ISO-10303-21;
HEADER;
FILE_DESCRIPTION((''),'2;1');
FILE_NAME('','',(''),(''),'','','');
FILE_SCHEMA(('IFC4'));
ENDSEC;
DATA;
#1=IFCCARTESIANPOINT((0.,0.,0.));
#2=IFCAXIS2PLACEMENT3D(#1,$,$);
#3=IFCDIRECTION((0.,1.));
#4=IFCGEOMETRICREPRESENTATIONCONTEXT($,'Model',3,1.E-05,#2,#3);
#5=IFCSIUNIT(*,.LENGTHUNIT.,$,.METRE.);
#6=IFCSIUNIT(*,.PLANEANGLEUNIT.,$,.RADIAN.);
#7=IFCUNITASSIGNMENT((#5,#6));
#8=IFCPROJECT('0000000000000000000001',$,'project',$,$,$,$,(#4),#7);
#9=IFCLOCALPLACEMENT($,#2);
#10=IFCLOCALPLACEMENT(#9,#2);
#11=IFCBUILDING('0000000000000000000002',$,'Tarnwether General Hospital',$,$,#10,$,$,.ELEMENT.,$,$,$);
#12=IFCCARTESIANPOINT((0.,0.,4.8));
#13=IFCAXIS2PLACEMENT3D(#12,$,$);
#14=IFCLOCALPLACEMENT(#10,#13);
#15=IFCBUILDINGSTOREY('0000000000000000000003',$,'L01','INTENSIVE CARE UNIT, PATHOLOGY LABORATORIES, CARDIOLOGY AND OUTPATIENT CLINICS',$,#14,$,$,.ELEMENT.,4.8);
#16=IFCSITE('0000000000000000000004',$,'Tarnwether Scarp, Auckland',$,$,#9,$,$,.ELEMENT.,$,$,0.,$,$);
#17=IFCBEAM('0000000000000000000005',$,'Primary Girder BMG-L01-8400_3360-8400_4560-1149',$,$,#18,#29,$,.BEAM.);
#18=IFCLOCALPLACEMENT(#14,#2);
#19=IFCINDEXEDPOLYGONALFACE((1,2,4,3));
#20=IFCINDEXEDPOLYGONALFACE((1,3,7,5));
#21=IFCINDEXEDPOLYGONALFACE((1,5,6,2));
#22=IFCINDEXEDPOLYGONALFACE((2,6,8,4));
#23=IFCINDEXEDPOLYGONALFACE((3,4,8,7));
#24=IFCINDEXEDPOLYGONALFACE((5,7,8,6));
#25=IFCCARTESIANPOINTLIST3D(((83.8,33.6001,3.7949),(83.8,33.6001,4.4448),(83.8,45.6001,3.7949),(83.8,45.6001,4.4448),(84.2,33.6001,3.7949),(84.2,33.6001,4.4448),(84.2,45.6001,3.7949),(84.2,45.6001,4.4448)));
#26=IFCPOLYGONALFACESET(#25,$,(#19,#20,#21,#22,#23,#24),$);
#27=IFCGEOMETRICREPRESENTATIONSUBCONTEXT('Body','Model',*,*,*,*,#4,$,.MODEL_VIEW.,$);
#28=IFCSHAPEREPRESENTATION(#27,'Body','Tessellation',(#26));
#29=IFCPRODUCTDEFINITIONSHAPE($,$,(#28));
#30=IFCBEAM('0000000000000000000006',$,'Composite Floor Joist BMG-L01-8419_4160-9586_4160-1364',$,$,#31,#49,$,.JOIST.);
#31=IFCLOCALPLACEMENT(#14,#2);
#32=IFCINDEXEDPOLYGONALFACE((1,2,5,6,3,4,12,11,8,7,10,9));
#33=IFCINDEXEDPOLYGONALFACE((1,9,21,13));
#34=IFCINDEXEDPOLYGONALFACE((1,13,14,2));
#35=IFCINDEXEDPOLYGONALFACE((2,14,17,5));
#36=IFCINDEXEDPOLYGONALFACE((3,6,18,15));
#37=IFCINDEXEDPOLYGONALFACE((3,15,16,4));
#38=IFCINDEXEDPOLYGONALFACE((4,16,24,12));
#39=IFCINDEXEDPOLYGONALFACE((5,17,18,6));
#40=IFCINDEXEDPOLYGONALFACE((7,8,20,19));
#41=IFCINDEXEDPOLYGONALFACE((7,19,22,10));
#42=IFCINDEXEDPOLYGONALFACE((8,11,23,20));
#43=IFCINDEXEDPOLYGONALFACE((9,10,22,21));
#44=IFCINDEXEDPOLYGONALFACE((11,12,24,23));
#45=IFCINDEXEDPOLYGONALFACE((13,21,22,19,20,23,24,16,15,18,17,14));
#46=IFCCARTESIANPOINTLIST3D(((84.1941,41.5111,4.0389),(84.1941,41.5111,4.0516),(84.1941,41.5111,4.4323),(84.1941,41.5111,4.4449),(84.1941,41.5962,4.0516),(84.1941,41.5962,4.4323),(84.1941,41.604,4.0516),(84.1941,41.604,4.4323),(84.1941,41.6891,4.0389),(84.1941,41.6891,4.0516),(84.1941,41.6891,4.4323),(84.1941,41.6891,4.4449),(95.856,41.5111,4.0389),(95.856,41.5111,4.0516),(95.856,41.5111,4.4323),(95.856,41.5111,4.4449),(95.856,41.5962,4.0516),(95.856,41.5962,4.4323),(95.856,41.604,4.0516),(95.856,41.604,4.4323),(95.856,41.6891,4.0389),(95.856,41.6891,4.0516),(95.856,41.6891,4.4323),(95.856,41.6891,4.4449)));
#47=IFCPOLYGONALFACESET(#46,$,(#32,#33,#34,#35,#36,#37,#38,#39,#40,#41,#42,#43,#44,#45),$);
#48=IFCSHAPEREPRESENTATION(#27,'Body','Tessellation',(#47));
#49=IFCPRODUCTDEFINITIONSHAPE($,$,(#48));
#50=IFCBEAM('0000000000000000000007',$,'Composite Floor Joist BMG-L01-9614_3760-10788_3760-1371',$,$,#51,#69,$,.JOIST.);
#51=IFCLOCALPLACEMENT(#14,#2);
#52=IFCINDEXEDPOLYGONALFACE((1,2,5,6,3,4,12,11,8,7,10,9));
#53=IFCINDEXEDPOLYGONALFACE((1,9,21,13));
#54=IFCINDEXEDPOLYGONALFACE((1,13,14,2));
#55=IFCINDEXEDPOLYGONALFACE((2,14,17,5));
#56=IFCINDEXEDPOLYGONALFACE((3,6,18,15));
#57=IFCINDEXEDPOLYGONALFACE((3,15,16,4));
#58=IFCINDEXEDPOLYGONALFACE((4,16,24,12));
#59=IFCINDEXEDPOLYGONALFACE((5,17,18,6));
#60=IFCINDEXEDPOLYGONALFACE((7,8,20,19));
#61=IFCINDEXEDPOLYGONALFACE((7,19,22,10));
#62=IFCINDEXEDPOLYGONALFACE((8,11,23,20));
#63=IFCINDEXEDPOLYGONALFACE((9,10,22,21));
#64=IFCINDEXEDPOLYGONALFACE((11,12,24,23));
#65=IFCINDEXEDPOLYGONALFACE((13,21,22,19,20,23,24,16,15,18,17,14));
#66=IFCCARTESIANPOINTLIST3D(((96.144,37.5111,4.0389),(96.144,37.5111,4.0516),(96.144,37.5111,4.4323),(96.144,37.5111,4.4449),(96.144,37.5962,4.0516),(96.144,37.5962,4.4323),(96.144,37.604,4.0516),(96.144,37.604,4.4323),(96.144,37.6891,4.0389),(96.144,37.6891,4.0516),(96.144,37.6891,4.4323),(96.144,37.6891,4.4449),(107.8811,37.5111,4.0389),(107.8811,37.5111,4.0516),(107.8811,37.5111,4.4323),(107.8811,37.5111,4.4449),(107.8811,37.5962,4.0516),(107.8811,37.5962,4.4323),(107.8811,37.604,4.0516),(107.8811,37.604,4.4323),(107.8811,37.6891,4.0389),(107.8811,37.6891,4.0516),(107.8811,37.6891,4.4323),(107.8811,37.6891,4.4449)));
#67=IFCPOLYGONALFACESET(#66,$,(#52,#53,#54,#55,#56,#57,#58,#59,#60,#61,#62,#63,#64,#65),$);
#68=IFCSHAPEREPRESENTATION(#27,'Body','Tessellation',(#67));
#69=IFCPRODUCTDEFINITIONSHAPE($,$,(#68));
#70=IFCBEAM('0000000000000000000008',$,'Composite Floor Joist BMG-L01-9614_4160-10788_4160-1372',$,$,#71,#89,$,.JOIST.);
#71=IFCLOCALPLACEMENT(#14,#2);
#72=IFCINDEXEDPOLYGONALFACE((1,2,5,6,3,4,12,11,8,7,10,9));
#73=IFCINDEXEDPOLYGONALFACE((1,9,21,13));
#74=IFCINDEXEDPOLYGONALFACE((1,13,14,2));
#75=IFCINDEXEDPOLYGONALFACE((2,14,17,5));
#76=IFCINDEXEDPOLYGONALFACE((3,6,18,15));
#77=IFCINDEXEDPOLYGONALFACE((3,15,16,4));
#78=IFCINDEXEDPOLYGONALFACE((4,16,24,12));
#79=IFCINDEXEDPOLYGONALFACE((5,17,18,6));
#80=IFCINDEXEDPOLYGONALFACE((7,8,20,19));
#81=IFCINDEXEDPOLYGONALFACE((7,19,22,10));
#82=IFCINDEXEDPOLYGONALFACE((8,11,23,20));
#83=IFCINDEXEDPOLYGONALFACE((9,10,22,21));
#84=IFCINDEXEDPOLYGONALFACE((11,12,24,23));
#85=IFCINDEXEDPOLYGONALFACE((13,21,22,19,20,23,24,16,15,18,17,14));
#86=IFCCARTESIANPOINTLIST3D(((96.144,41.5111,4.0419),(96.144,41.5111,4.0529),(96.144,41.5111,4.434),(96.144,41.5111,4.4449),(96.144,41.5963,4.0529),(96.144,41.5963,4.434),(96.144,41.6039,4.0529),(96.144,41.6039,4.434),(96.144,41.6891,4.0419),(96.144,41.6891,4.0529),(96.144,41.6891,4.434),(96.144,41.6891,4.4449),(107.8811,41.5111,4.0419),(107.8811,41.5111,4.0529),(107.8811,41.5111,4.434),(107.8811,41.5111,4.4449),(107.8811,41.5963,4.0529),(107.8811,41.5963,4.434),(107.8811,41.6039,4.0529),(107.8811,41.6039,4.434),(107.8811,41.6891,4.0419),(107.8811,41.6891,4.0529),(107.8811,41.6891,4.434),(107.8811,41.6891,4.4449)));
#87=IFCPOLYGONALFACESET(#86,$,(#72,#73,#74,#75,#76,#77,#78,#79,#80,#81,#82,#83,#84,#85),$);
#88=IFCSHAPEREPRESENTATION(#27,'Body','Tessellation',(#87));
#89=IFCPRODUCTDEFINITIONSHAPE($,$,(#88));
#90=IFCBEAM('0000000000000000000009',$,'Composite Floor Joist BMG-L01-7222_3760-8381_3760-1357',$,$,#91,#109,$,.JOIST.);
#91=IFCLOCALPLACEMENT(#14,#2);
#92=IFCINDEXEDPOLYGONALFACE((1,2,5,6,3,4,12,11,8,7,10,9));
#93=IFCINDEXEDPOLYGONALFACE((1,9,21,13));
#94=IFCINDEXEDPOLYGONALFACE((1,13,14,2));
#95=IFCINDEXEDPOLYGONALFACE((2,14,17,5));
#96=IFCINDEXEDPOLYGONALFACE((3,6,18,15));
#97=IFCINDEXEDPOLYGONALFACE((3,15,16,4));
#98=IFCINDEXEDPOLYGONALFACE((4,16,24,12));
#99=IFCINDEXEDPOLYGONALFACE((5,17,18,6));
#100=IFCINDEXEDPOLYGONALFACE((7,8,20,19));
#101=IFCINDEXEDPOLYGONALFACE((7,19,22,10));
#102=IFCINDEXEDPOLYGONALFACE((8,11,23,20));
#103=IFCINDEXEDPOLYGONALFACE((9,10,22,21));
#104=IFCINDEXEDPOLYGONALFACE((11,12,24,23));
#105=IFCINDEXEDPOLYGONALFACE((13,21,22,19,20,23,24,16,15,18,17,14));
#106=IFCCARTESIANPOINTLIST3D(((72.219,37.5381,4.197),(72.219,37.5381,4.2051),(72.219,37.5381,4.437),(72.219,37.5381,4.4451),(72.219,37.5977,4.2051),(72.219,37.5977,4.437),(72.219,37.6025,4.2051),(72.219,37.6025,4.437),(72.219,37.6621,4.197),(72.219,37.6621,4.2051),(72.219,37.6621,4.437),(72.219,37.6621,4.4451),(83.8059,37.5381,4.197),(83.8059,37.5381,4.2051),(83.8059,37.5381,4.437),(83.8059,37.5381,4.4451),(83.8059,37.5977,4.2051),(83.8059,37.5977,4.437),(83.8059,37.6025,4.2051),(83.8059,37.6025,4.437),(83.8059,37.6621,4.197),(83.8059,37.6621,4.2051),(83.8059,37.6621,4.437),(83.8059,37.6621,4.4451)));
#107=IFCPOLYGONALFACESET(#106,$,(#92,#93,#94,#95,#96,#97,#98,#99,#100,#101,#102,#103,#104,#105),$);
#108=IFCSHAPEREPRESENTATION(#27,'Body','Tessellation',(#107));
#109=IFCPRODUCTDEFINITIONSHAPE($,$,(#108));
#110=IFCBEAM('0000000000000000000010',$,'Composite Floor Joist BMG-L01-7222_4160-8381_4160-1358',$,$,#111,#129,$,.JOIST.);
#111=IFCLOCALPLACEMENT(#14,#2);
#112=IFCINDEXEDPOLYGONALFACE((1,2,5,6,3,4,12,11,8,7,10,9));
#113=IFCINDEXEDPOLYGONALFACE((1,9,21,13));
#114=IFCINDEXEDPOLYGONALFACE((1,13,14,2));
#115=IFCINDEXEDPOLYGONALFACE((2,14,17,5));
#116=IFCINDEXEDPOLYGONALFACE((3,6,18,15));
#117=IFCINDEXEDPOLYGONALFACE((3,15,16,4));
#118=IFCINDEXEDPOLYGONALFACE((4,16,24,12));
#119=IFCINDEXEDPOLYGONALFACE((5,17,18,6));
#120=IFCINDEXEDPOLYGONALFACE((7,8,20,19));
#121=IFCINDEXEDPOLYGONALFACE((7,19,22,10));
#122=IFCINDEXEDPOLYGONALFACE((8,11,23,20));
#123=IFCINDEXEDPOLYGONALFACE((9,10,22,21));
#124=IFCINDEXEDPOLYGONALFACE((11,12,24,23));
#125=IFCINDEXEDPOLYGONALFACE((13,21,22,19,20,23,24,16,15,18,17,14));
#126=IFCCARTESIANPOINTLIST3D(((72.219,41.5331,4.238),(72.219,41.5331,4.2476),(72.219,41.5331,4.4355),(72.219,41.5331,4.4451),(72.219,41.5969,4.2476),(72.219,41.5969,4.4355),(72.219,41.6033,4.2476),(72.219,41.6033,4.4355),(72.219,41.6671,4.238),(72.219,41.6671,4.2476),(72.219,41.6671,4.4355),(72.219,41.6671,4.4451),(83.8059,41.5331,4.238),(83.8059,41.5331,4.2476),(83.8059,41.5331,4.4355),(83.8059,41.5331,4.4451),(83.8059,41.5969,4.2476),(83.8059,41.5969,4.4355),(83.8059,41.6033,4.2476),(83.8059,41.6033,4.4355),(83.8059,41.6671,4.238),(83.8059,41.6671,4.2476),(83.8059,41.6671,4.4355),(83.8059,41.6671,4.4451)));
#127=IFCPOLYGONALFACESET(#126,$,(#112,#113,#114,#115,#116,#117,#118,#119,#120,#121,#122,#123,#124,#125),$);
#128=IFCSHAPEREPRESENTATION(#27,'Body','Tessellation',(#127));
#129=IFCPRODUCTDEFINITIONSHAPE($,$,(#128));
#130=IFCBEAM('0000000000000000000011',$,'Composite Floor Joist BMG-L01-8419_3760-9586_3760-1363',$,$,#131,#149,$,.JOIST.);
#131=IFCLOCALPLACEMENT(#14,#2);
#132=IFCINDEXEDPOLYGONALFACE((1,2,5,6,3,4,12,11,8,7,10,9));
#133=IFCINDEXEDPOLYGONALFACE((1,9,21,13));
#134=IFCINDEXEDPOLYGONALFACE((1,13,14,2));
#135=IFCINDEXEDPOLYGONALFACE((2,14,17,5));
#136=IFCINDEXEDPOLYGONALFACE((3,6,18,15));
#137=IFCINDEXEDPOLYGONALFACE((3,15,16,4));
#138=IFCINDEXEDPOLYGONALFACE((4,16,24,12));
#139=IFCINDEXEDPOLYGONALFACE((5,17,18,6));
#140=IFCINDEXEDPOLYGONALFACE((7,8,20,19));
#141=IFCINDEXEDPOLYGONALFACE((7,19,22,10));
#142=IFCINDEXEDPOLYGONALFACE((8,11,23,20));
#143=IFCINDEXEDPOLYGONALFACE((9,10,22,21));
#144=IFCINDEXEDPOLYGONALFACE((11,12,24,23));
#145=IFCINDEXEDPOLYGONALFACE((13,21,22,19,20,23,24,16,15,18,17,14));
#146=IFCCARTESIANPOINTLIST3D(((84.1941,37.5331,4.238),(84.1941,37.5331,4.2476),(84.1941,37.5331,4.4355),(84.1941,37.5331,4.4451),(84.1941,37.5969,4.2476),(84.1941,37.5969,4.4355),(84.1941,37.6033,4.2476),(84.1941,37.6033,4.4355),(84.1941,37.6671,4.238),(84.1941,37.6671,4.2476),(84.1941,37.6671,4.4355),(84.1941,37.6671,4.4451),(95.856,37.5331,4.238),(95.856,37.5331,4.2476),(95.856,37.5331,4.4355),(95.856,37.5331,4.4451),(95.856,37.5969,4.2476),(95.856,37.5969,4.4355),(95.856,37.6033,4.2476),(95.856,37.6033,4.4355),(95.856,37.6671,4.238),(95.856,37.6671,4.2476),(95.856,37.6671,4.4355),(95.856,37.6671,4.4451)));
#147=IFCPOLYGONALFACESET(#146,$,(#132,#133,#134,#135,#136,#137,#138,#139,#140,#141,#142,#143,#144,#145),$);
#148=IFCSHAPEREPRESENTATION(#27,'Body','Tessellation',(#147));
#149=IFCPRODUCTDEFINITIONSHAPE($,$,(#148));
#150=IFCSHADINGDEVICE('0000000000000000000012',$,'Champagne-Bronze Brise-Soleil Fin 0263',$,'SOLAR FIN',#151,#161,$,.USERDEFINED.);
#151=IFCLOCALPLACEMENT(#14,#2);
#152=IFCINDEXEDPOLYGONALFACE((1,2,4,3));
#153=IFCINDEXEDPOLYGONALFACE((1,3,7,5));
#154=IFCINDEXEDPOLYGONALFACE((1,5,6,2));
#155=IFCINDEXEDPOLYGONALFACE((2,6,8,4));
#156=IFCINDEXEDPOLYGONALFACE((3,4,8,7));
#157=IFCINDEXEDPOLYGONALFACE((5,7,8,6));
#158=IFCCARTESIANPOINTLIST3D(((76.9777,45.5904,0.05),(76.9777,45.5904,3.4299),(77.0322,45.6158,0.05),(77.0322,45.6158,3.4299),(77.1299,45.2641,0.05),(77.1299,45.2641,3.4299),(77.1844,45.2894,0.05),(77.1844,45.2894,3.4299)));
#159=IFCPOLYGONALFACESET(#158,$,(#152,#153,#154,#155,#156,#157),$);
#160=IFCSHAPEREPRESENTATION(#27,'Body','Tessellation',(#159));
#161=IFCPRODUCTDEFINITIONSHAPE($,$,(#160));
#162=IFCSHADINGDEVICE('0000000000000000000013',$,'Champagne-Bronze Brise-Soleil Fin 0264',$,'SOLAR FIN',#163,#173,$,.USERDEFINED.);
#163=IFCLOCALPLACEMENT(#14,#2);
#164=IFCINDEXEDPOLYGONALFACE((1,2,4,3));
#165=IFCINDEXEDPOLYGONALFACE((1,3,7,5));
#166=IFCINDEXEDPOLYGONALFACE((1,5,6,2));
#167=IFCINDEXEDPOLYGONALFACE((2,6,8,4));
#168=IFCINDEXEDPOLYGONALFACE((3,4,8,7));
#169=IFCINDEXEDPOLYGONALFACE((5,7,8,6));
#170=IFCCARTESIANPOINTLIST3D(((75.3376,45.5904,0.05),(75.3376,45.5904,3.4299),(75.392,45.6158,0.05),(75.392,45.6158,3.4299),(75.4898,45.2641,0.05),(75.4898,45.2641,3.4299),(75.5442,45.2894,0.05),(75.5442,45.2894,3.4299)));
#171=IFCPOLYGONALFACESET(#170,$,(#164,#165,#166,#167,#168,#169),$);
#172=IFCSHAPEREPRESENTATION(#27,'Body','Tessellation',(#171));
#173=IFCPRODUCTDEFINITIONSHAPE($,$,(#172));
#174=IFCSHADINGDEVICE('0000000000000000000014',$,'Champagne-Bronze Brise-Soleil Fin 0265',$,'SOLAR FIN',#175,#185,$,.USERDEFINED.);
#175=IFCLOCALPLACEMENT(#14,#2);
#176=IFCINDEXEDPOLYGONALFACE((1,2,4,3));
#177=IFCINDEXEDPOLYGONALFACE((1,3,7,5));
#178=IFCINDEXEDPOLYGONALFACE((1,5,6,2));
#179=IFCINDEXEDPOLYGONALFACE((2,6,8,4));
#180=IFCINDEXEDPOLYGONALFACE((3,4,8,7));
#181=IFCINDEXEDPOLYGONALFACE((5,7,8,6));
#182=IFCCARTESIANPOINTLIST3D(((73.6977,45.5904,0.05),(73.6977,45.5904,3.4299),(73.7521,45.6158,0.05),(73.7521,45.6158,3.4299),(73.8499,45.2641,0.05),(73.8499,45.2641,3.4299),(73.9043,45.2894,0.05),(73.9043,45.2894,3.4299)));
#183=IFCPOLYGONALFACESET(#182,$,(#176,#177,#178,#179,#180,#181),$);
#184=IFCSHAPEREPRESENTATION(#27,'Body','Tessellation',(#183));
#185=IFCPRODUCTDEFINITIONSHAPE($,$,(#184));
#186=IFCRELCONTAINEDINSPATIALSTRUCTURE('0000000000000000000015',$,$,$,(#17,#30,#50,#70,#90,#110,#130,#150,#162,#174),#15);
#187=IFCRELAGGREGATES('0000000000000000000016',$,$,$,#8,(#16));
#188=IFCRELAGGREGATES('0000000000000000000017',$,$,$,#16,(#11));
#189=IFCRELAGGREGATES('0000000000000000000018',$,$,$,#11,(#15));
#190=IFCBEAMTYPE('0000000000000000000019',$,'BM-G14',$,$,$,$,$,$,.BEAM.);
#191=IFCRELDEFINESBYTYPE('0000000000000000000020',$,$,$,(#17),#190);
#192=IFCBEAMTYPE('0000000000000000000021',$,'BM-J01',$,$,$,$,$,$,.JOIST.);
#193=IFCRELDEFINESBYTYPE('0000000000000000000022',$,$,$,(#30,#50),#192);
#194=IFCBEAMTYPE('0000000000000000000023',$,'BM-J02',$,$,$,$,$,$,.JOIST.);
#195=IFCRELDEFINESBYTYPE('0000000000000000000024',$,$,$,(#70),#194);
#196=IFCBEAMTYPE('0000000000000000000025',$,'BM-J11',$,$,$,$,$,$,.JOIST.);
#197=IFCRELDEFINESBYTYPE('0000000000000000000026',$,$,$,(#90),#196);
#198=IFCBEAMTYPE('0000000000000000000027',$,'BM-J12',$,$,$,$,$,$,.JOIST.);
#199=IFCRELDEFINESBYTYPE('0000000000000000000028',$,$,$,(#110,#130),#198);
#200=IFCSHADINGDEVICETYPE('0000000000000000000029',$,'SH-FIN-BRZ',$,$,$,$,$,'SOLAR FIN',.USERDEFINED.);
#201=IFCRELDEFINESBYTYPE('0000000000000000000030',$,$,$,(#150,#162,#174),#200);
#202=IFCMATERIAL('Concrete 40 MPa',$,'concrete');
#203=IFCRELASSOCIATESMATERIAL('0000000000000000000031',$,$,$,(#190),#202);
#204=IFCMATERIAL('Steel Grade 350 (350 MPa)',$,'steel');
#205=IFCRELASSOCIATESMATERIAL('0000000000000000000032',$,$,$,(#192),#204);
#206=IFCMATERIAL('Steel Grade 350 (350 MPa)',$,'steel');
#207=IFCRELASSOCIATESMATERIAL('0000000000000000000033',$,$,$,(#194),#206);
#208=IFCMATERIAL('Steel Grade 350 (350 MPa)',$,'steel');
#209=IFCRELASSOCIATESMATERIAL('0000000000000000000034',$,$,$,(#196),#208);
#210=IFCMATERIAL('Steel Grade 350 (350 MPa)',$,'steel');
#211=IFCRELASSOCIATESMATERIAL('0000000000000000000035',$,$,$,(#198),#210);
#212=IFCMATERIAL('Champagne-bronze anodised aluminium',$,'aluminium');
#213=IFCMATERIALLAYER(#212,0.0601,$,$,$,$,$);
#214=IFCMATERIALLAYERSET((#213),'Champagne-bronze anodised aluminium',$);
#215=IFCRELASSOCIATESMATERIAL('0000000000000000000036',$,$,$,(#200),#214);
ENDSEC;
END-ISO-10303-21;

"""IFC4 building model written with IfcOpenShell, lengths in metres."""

from ifc_helpers import new_model, si_unit, direction, frame, origin, origin_2d, place, context, subcontext, project, spatial, rectangle, i_section, extrude, material, layer, layer_set, material_profile, profile_set, type_object, element, save


model = new_model("IFC4")

# Units and contexts
model_context = context("Model", 3, precision=1e-05, world=origin(), true_north=direction((0.0, 1.0)))
body_context = subcontext(model_context, "Body", "Model", "MODEL_VIEW")
ifc_project = project(units=[si_unit("LENGTHUNIT", "METRE"), si_unit("PLANEANGLEUNIT", "RADIAN")], contexts=[model_context])

# Site, building, storey
site_placement = place(None, origin())
site = spatial("IfcSite", under=ifc_project, at=site_placement, Name="Tarnwether Scarp, Auckland", CompositionType="ELEMENT", RefElevation=0.0)
building_placement = place(site_placement, origin())
building = spatial("IfcBuilding", under=site, at=building_placement, Name="Tarnwether General Hospital", CompositionType="ELEMENT")
storey_placement = place(building_placement, frame((0.0, 0.0, 4.8)))
storey = spatial("IfcBuildingStorey", under=building, at=storey_placement, Name="L01", Description="INTENSIVE CARE UNIT, PATHOLOGY LABORATORIES, CARDIOLOGY AND OUTPATIENT CLINICS", CompositionType="ELEMENT", Elevation=4.8)

# Beams
ifc_material_1 = material(Name="Concrete 40 MPa", Category="concrete")
ifc_material_profile_1 = material_profile(ifc_material_1, rectangle(XDim=0.3999, YDim=0.6499, at=origin_2d()), Name="RC-BM-400x650")
ifc_profile_set_1 = profile_set([ifc_material_profile_1], Name="Concrete 40 MPa")
beam_type_1 = type_object("IfcBeamType", Name="BM-G14", PredefinedType="BEAM", material=ifc_profile_set_1)
beam_1_placement = place(storey_placement, frame((84.0, 33.6001, 4.1199), z_axis=(0.0, 1.0, 0.0), x_axis=(-1.0, 0.0, 0.0)))
element("IfcBeam", 1, at=beam_1_placement, inside=storey, type_object=beam_type_1, Name="Primary Girder BMG-L01-8400_3360-8400_4560-1149", PredefinedType="BEAM", context=body_context, shape_type="SweptSolid", body=[
    extrude(rectangle(XDim=0.3999, YDim=0.6499, at=origin_2d()), origin(), (0.0, 0.0, 1.0), 12.0),
])
ifc_material_2 = material(Name="Steel Grade 350 (350 MPa)", Category="steel")
ifc_material_profile_2 = material_profile(ifc_material_2, i_section(OverallWidth=0.178, OverallDepth=0.406, WebThickness=0.0078, FlangeThickness=0.0127, at=origin_2d()), Name="410UB59.7")
ifc_profile_set_2 = profile_set([ifc_material_profile_2], Name="Steel Grade 350 (350 MPa)")
beam_type_2 = type_object("IfcBeamType", Name="BM-J01", PredefinedType="JOIST", material=ifc_profile_set_2)
beam_2_placement = place(storey_placement, frame((84.1941, 41.6001, 4.2419), z_axis=(1.0, 0.0, 0.0), x_axis=(0.0, 1.0, 0.0)))
element("IfcBeam", 2, at=beam_2_placement, inside=storey, type_object=beam_type_2, Name="Composite Floor Joist BMG-L01-8419_4160-9586_4160-1364", PredefinedType="JOIST", context=body_context, shape_type="SweptSolid", body=[
    extrude(i_section(OverallWidth=0.178, OverallDepth=0.406, WebThickness=0.0078, FlangeThickness=0.0127, at=origin_2d()), origin(), (0.0, 0.0, 1.0), 11.6619),
])
beam_3_placement = place(storey_placement, frame((96.144, 37.6001, 4.2419), z_axis=(1.0, 0.0, 0.0), x_axis=(0.0, 1.0, 0.0)))
element("IfcBeam", 3, at=beam_3_placement, inside=storey, type_object=beam_type_2, Name="Composite Floor Joist BMG-L01-9614_3760-10788_3760-1371", PredefinedType="JOIST", context=body_context, shape_type="SweptSolid", body=[
    extrude(i_section(OverallWidth=0.178, OverallDepth=0.406, WebThickness=0.0078, FlangeThickness=0.0127, at=origin_2d()), origin(), (0.0, 0.0, 1.0), 11.7371),
])
ifc_material_3 = material(Name="Steel Grade 350 (350 MPa)", Category="steel")
ifc_material_profile_3 = material_profile(ifc_material_3, i_section(OverallWidth=0.178, OverallDepth=0.4031, WebThickness=0.0076, FlangeThickness=0.011, at=origin_2d()), Name="410UB53.7")
ifc_profile_set_3 = profile_set([ifc_material_profile_3], Name="Steel Grade 350 (350 MPa)")
beam_type_3 = type_object("IfcBeamType", Name="BM-J02", PredefinedType="JOIST", material=ifc_profile_set_3)
beam_4_placement = place(storey_placement, frame((96.144, 41.6001, 4.2434), z_axis=(1.0, 0.0, 0.0), x_axis=(0.0, 1.0, 0.0)))
element("IfcBeam", 4, at=beam_4_placement, inside=storey, type_object=beam_type_3, Name="Composite Floor Joist BMG-L01-9614_4160-10788_4160-1372", PredefinedType="JOIST", context=body_context, shape_type="SweptSolid", body=[
    extrude(i_section(OverallWidth=0.178, OverallDepth=0.4031, WebThickness=0.0076, FlangeThickness=0.011, at=origin_2d()), origin(), (0.0, 0.0, 1.0), 11.7371),
])
ifc_material_4 = material(Name="Steel Grade 350 (350 MPa)", Category="steel")
ifc_material_profile_4 = material_profile(ifc_material_4, i_section(OverallWidth=0.124, OverallDepth=0.248, WebThickness=0.0049, FlangeThickness=0.0081, at=origin_2d()), Name="250UB25.7")
ifc_profile_set_4 = profile_set([ifc_material_profile_4], Name="Steel Grade 350 (350 MPa)")
beam_type_4 = type_object("IfcBeamType", Name="BM-J11", PredefinedType="JOIST", material=ifc_profile_set_4)
beam_5_placement = place(storey_placement, frame((72.219, 37.6001, 4.321), z_axis=(1.0, 0.0, 0.0), x_axis=(0.0, 1.0, 0.0)))
element("IfcBeam", 5, at=beam_5_placement, inside=storey, type_object=beam_type_4, Name="Composite Floor Joist BMG-L01-7222_3760-8381_3760-1357", PredefinedType="JOIST", context=body_context, shape_type="SweptSolid", body=[
    extrude(i_section(OverallWidth=0.124, OverallDepth=0.248, WebThickness=0.0049, FlangeThickness=0.0081, at=origin_2d()), origin(), (0.0, 0.0, 1.0), 11.5869),
])
ifc_material_5 = material(Name="Steel Grade 350 (350 MPa)", Category="steel")
ifc_material_profile_5 = material_profile(ifc_material_5, i_section(OverallWidth=0.134, OverallDepth=0.207, WebThickness=0.0063, FlangeThickness=0.0095, at=origin_2d()), Name="200UB29.8")
ifc_profile_set_5 = profile_set([ifc_material_profile_5], Name="Steel Grade 350 (350 MPa)")
beam_type_5 = type_object("IfcBeamType", Name="BM-J12", PredefinedType="JOIST", material=ifc_profile_set_5)
beam_6_placement = place(storey_placement, frame((72.219, 41.6001, 4.3416), z_axis=(1.0, 0.0, 0.0), x_axis=(0.0, 1.0, 0.0)))
element("IfcBeam", 6, at=beam_6_placement, inside=storey, type_object=beam_type_5, Name="Composite Floor Joist BMG-L01-7222_4160-8381_4160-1358", PredefinedType="JOIST", context=body_context, shape_type="SweptSolid", body=[
    extrude(i_section(OverallWidth=0.134, OverallDepth=0.207, WebThickness=0.0063, FlangeThickness=0.0095, at=origin_2d()), origin(), (0.0, 0.0, 1.0), 11.5869),
])
beam_7_placement = place(storey_placement, frame((84.1941, 37.6001, 4.3416), z_axis=(1.0, 0.0, 0.0), x_axis=(0.0, 1.0, 0.0)))
element("IfcBeam", 7, at=beam_7_placement, inside=storey, type_object=beam_type_5, Name="Composite Floor Joist BMG-L01-8419_3760-9586_3760-1363", PredefinedType="JOIST", context=body_context, shape_type="SweptSolid", body=[
    extrude(i_section(OverallWidth=0.134, OverallDepth=0.207, WebThickness=0.0063, FlangeThickness=0.0095, at=origin_2d()), origin(), (0.0, 0.0, 1.0), 11.6619),
])

# Shading devices
ifc_material_6 = material(Name="Champagne-bronze anodised aluminium", Category="aluminium")
ifc_layer = layer(ifc_material_6, 0.0601)
ifc_layer_set = layer_set([ifc_layer], Name="Champagne-bronze anodised aluminium")
shading_device_type = type_object("IfcShadingDeviceType", Name="SH-FIN-BRZ", ElementType="SOLAR FIN", PredefinedType="USERDEFINED", material=ifc_layer_set)
for number, where, z_axis, x_axis, name in (
    (8, (77.0811, 45.4399, 0.05), (0.0, 0.0, 1.0), (-0.906308, -0.422618, 0.0), "Champagne-Bronze Brise-Soleil Fin 0263"),
    (9, (75.4409, 45.4399, 0.05), (0.0, 0.0, 1.0), (-0.906308, -0.422618, 0.0), "Champagne-Bronze Brise-Soleil Fin 0264"),
    (10, (73.801, 45.4399, 0.05), (0.0, 0.0, 1.0), (-0.906308, -0.422618, 0.0), "Champagne-Bronze Brise-Soleil Fin 0265"),
):
    element("IfcShadingDevice", number, at=place(storey_placement, frame(where, z_axis=z_axis, x_axis=x_axis)), inside=storey, type_object=shading_device_type, Name=name, ObjectType="SOLAR FIN", PredefinedType="USERDEFINED", context=body_context, shape_type="SweptSolid", body=[
        extrude(rectangle(XDim=0.0601, YDim=0.3601, at=origin_2d()), origin(), (0.0, 0.0, 1.0), 3.3799),
    ])

save(model, "model.ifc")
